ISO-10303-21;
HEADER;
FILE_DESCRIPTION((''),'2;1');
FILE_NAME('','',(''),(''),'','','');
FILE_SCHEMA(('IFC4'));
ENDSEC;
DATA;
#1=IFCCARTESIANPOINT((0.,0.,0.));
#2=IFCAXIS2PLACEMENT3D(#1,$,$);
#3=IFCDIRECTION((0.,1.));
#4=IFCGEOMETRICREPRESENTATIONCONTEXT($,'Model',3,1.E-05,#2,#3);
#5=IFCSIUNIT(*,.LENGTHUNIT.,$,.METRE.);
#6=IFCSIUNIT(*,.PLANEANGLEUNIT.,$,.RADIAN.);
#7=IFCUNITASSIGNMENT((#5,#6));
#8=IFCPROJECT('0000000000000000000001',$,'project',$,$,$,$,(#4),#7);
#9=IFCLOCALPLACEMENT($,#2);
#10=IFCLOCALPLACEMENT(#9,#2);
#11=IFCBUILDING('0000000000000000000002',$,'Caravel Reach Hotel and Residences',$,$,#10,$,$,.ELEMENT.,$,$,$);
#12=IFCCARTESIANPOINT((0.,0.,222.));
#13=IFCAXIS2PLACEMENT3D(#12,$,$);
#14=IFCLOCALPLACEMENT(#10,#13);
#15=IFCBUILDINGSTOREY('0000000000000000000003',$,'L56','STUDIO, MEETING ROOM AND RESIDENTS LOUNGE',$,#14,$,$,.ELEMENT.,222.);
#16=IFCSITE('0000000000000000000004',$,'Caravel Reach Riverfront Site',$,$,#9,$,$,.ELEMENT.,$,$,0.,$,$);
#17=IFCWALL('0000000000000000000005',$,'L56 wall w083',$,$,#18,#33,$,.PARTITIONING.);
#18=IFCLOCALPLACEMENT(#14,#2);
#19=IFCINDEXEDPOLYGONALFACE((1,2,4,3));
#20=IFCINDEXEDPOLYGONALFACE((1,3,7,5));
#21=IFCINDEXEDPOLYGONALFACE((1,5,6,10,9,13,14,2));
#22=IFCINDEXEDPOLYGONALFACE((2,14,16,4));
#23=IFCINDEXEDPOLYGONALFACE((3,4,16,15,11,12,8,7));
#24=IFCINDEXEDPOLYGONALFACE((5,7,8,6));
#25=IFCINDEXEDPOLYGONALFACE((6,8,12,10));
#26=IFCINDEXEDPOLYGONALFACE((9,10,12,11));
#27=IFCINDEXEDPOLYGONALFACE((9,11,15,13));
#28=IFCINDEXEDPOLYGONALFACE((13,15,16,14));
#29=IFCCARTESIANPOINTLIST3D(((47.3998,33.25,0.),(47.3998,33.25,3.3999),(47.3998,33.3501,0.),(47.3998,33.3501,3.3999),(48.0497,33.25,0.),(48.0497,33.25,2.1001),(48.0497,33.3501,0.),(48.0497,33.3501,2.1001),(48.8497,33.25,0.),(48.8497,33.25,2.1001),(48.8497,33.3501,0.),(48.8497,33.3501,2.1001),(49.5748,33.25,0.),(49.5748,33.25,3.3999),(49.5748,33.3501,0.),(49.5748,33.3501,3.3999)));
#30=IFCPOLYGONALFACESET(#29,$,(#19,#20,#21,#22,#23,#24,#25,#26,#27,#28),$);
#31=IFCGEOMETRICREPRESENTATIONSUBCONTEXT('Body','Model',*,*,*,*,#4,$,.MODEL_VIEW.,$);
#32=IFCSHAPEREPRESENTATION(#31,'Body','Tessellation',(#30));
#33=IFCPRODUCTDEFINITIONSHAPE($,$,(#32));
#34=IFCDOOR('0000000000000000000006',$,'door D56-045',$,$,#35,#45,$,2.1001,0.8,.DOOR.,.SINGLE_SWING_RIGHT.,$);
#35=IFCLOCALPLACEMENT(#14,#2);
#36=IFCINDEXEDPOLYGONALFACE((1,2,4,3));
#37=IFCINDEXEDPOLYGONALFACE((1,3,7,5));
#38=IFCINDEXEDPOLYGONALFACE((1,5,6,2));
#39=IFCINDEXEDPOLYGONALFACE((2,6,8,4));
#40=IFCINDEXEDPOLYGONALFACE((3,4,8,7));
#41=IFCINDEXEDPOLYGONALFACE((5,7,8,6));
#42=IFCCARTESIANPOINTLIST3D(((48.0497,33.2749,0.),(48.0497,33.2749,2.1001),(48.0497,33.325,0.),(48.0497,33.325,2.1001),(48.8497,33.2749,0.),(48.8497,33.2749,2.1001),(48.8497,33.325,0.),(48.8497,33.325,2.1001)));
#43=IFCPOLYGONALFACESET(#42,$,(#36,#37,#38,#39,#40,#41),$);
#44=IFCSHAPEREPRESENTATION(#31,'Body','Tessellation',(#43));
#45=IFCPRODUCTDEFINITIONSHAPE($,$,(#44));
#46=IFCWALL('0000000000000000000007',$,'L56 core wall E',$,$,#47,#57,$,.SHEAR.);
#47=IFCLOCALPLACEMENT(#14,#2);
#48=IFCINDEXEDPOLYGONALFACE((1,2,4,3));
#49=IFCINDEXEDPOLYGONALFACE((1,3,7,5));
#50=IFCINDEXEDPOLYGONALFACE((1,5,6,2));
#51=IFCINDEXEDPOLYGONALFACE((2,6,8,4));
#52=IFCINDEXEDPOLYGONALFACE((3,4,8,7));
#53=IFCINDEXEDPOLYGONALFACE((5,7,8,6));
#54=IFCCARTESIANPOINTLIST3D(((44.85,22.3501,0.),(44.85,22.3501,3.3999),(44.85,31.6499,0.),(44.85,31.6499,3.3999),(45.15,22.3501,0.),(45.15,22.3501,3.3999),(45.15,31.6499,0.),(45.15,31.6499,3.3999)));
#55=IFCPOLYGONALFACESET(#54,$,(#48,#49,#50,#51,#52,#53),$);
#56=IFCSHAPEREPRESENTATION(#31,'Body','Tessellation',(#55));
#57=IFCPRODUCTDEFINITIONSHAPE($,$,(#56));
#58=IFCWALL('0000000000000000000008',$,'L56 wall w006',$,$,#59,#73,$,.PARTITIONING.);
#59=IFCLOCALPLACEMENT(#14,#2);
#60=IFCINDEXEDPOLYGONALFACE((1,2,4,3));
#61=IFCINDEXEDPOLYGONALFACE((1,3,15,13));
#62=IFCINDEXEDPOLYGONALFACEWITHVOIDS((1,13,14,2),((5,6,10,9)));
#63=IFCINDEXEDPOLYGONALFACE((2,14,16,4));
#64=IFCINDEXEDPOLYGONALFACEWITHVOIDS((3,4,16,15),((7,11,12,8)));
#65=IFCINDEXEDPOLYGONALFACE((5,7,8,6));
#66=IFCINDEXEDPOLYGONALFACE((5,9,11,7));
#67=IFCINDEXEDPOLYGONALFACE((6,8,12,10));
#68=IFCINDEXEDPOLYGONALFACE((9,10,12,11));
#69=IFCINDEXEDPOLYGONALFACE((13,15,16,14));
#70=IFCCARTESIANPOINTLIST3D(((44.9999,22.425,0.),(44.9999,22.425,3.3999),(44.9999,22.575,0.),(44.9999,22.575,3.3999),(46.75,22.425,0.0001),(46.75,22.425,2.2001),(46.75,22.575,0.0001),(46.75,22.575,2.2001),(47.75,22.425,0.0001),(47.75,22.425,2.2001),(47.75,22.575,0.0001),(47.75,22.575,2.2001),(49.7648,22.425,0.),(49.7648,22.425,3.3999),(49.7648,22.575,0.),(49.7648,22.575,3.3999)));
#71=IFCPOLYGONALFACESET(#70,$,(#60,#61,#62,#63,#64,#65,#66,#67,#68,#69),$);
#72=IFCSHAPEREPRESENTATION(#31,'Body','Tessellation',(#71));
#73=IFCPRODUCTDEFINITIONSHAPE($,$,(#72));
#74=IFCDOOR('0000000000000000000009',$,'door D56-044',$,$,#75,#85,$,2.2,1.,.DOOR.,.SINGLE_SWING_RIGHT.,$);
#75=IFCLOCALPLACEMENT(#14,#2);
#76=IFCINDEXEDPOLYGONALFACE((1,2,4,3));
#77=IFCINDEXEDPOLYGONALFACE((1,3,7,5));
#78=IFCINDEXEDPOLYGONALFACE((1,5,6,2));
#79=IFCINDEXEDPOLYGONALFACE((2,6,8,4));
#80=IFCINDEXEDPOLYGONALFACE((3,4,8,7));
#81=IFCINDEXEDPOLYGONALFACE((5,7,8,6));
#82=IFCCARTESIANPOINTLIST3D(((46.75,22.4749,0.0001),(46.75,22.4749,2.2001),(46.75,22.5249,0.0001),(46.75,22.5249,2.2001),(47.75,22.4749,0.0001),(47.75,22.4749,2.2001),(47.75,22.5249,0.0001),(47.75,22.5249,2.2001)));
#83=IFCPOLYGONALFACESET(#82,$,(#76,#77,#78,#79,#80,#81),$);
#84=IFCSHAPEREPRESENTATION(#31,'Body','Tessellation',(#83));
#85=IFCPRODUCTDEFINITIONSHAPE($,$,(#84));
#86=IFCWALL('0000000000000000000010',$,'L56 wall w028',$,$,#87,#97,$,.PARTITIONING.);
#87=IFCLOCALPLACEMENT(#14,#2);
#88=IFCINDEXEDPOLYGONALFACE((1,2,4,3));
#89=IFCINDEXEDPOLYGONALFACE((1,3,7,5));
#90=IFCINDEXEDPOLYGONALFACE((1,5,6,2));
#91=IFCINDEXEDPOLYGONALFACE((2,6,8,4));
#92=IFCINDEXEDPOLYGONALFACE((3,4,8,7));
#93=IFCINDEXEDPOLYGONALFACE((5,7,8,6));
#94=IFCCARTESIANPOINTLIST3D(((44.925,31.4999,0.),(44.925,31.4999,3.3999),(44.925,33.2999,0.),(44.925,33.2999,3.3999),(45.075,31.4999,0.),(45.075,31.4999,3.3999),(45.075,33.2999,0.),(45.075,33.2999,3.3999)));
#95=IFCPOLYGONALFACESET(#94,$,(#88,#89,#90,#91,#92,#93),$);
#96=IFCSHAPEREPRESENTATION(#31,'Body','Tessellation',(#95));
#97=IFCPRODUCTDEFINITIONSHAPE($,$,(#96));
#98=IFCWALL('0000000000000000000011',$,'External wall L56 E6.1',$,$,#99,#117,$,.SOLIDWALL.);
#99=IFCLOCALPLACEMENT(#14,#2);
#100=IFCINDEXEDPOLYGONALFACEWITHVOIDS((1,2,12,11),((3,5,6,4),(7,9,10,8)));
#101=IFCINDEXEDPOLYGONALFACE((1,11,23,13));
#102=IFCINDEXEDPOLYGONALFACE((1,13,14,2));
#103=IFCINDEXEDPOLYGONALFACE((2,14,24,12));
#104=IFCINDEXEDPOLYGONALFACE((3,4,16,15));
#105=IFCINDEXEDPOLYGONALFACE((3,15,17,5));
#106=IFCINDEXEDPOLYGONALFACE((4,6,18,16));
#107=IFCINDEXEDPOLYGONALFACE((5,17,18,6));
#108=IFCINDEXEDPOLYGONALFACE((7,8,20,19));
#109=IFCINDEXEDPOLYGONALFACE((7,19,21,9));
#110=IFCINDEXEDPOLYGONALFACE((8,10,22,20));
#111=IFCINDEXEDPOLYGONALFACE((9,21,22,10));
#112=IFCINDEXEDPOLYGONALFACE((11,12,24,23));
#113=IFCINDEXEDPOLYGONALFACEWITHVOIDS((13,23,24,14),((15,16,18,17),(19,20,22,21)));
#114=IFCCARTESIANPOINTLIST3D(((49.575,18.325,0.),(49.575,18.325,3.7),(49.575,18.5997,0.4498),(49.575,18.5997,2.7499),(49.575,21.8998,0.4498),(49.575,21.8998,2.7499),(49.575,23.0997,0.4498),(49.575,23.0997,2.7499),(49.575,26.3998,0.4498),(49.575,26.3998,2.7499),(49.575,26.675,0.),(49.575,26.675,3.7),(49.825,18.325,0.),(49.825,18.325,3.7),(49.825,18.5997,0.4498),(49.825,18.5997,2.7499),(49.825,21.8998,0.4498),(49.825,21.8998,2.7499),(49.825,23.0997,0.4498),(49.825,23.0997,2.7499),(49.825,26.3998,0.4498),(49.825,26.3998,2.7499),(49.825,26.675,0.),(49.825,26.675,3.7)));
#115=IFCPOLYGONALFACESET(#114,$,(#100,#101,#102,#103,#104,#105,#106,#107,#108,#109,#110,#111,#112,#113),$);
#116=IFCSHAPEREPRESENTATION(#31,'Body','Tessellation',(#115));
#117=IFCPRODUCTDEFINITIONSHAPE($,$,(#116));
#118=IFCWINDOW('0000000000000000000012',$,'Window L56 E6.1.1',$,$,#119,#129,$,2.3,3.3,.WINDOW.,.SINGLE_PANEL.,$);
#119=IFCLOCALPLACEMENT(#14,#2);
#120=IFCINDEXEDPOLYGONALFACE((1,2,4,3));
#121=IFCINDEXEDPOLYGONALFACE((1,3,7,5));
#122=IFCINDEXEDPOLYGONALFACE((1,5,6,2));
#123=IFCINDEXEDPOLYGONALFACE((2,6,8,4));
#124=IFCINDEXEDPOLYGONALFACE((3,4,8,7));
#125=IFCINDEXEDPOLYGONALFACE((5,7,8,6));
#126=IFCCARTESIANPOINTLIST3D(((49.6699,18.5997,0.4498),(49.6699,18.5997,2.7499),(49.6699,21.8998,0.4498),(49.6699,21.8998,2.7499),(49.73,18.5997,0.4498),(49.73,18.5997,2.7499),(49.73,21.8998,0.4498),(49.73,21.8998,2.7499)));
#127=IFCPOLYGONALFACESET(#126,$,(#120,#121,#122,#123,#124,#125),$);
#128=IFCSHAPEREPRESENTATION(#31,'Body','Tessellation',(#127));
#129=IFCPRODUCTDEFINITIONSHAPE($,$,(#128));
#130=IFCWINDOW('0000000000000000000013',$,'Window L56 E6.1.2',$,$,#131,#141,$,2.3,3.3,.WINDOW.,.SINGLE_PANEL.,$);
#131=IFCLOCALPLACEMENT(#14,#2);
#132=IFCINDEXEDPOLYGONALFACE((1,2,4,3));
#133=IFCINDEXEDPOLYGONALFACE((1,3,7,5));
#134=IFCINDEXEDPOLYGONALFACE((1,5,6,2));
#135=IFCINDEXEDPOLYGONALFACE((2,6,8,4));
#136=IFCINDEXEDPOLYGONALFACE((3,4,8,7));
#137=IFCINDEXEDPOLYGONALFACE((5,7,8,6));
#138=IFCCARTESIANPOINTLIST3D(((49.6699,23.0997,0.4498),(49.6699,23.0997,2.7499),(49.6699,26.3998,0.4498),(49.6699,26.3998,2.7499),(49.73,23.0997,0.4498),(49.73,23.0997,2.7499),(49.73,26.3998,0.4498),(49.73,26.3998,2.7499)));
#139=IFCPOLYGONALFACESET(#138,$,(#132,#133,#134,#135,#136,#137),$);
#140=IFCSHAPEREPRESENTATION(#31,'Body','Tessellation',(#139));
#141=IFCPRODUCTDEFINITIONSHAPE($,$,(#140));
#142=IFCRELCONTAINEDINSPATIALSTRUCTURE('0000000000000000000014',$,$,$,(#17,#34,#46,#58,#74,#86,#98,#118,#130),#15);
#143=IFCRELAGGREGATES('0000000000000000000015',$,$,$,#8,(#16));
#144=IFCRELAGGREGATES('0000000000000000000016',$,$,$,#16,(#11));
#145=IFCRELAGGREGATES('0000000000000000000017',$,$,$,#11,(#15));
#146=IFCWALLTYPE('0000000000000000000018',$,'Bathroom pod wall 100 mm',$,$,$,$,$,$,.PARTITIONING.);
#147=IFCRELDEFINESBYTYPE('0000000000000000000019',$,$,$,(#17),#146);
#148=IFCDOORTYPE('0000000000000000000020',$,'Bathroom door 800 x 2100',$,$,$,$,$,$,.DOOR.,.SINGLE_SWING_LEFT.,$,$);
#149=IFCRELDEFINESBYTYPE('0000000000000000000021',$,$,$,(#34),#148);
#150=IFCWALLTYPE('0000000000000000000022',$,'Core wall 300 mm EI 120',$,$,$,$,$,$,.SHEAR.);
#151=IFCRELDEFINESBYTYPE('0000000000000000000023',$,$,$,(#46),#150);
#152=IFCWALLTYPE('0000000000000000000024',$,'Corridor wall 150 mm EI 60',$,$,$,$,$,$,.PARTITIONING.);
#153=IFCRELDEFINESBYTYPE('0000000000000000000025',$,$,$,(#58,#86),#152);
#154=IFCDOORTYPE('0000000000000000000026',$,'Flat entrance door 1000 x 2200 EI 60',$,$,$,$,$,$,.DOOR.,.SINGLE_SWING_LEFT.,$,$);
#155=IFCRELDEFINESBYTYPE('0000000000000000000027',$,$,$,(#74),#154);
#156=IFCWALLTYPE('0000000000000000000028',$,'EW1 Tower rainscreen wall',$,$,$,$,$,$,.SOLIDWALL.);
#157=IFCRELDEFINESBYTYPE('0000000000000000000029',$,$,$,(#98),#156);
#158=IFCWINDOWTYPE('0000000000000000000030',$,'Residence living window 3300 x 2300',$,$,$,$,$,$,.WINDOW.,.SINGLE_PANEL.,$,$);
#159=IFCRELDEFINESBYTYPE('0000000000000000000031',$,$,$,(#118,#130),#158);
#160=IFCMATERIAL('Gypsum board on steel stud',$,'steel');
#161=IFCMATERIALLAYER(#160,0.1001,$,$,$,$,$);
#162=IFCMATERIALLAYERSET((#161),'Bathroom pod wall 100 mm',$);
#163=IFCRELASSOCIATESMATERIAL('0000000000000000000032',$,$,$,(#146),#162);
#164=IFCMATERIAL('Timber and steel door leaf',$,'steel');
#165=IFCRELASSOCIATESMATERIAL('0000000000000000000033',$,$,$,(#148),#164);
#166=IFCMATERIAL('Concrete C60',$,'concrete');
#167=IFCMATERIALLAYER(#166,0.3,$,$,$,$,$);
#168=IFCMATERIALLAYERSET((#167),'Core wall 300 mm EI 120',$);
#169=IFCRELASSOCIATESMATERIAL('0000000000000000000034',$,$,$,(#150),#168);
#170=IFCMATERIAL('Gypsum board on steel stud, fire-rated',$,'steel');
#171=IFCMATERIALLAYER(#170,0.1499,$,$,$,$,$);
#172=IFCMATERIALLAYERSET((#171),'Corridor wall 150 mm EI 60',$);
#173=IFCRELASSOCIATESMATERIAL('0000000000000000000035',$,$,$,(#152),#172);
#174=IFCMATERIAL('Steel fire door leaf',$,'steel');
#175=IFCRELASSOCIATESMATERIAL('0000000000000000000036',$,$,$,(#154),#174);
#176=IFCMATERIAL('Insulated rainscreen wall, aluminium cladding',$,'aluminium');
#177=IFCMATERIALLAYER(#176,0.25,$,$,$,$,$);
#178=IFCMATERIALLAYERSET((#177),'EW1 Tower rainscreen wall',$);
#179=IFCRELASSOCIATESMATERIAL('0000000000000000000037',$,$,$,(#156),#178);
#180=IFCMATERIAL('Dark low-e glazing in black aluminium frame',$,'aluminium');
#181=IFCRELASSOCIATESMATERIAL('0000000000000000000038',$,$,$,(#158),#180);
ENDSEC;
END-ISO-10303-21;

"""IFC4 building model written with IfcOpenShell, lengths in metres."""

from ifc_helpers import new_model, si_unit, direction, frame, frame_2d, origin, place, context, subcontext, project, spatial, rectangle, extrude, material, layer, layer_set, type_object, element, fill, save


model = new_model("IFC4")

# Units and contexts
model_context = context("Model", 3, precision=1e-05, world=origin(), true_north=direction((0.0, 1.0)))
body_context = subcontext(model_context, "Body", "Model", "MODEL_VIEW")
ifc_project = project(units=[si_unit("LENGTHUNIT", "METRE"), si_unit("PLANEANGLEUNIT", "RADIAN")], contexts=[model_context])

# Site, building, storey
site_placement = place(None, origin())
site = spatial("IfcSite", under=ifc_project, at=site_placement, Name="Caravel Reach Riverfront Site", CompositionType="ELEMENT", RefElevation=0.0)
building_placement = place(site_placement, origin())
building = spatial("IfcBuilding", under=site, at=building_placement, Name="Caravel Reach Hotel and Residences", CompositionType="ELEMENT")
storey_placement = place(building_placement, frame((0.0, 0.0, 222.0)))
storey = spatial("IfcBuildingStorey", under=building, at=storey_placement, Name="L56", Description="STUDIO, MEETING ROOM AND RESIDENTS LOUNGE", CompositionType="ELEMENT", Elevation=222.0)

# Wall, opening, door
ifc_material_1 = material(Name="Gypsum board on steel stud", Category="steel")
ifc_layer_1 = layer(ifc_material_1, 0.1001)
ifc_layer_set_1 = layer_set([ifc_layer_1], Name="Bathroom pod wall 100 mm")
wall_type_1 = type_object("IfcWallType", Name="Bathroom pod wall 100 mm", PredefinedType="PARTITIONING", material=ifc_layer_set_1)
wall_1_placement = place(storey_placement, frame((47.3999, 33.3, 0.0), z_axis=(0.0, 0.0, 1.0), x_axis=(1.0, 0.0, 0.0)))
wall_1 = element("IfcWall", 1, at=wall_1_placement, inside=storey, type_object=wall_type_1, Name="L56 wall w083", PredefinedType="PARTITIONING", context=body_context, shape_type="SweptSolid", body=[
    extrude(rectangle(XDim=2.175, YDim=0.1001, at=frame_2d((1.0874, 0.0))), origin(), (0.0, 0.0, 1.0), 3.3999),
])
opening_1_placement = place(wall_1_placement, frame((0.6499, 0.0, 0.0)))
opening_1 = element("IfcOpeningElement", 2, at=opening_1_placement, cuts=wall_1, PredefinedType="OPENING", context=body_context, shape_type="SweptSolid", body=[
    extrude(rectangle(XDim=0.8, YDim=2.1001, at=frame_2d((0.3999, 1.05))), frame((0.0, 0.0601, 0.0), z_axis=(0.0, -1.0, 0.0), x_axis=(1.0, 0.0, 0.0)), (0.0, 0.0, 1.0), 0.1201),
])
ifc_material_2 = material(Name="Timber and steel door leaf", Category="steel")
door_type_1 = type_object("IfcDoorType", Name="Bathroom door 800 x 2100", OperationType="SINGLE_SWING_LEFT", PredefinedType="DOOR", material=ifc_material_2)
door_1_placement = place(opening_1_placement, origin())
door_1 = element("IfcDoor", 3, at=door_1_placement, inside=storey, type_object=door_type_1, Name="door D56-045", OperationType="SINGLE_SWING_RIGHT", OverallHeight=2.1001, OverallWidth=0.8, PredefinedType="DOOR", context=body_context, shape_type="SweptSolid", body=[
    extrude(rectangle(XDim=0.8, YDim=2.1001, at=frame_2d((0.3999, 1.05))), frame((0.0, 0.0249, 0.0), z_axis=(0.0, -1.0, 0.0), x_axis=(1.0, 0.0, 0.0)), (0.0, 0.0, 1.0), 0.05),
])
fill(opening_1, door_1)

# Wall
ifc_material_3 = material(Name="Concrete C60", Category="concrete")
ifc_layer_2 = layer(ifc_material_3, 0.3)
ifc_layer_set_2 = layer_set([ifc_layer_2], Name="Core wall 300 mm EI 120")
wall_type_2 = type_object("IfcWallType", Name="Core wall 300 mm EI 120", PredefinedType="SHEAR", material=ifc_layer_set_2)
wall_2_placement = place(storey_placement, frame((45.0, 22.3501, 0.0), z_axis=(0.0, 0.0, 1.0), x_axis=(0.0, 1.0, 0.0)))
element("IfcWall", 4, at=wall_2_placement, inside=storey, type_object=wall_type_2, Name="L56 core wall E", PredefinedType="SHEAR", context=body_context, shape_type="SweptSolid", body=[
    extrude(rectangle(XDim=9.2998, YDim=0.3, at=frame_2d((4.6499, 0.0))), origin(), (0.0, 0.0, 1.0), 3.3999),
])

# Wall, opening, door
ifc_material_4 = material(Name="Gypsum board on steel stud, fire-rated", Category="steel")
ifc_layer_3 = layer(ifc_material_4, 0.1499)
ifc_layer_set_3 = layer_set([ifc_layer_3], Name="Corridor wall 150 mm EI 60")
wall_type_3 = type_object("IfcWallType", Name="Corridor wall 150 mm EI 60", PredefinedType="PARTITIONING", material=ifc_layer_set_3)
wall_3_placement = place(storey_placement, frame((45.0, 22.5, 0.0), z_axis=(0.0, 0.0, 1.0), x_axis=(1.0, 0.0, 0.0)))
wall_3 = element("IfcWall", 5, at=wall_3_placement, inside=storey, type_object=wall_type_3, Name="L56 wall w006", PredefinedType="PARTITIONING", context=body_context, shape_type="SweptSolid", body=[
    extrude(rectangle(XDim=4.7649, YDim=0.1499, at=frame_2d((2.3823, 0.0))), origin(), (0.0, 0.0, 1.0), 3.3999),
])
opening_2_placement = place(wall_3_placement, frame((1.75, 0.0, 0.0)))
opening_2 = element("IfcOpeningElement", 6, at=opening_2_placement, cuts=wall_3, PredefinedType="OPENING", context=body_context, shape_type="SweptSolid", body=[
    extrude(rectangle(XDim=1.0, YDim=2.2, at=frame_2d((0.5, 1.1001))), frame((0.0, 0.085, 0.0), z_axis=(0.0, -1.0, 0.0), x_axis=(1.0, 0.0, 0.0)), (0.0, 0.0, 1.0), 0.1699),
])
ifc_material_5 = material(Name="Steel fire door leaf", Category="steel")
door_type_2 = type_object("IfcDoorType", Name="Flat entrance door 1000 x 2200 EI 60", OperationType="SINGLE_SWING_LEFT", PredefinedType="DOOR", material=ifc_material_5)
door_2_placement = place(opening_2_placement, origin())
door_2 = element("IfcDoor", 7, at=door_2_placement, inside=storey, type_object=door_type_2, Name="door D56-044", OperationType="SINGLE_SWING_RIGHT", OverallHeight=2.2, OverallWidth=1.0, PredefinedType="DOOR", context=body_context, shape_type="SweptSolid", body=[
    extrude(rectangle(XDim=1.0, YDim=2.2, at=frame_2d((0.5, 1.1001))), frame((0.0, 0.0249, 0.0), z_axis=(0.0, -1.0, 0.0), x_axis=(1.0, 0.0, 0.0)), (0.0, 0.0, 1.0), 0.05),
])
fill(opening_2, door_2)

# Wall
wall_4_placement = place(storey_placement, frame((45.0, 31.5, 0.0), z_axis=(0.0, 0.0, 1.0), x_axis=(0.0, 1.0, 0.0)))
element("IfcWall", 8, at=wall_4_placement, inside=storey, type_object=wall_type_3, Name="L56 wall w028", PredefinedType="PARTITIONING", context=body_context, shape_type="SweptSolid", body=[
    extrude(rectangle(XDim=1.8, YDim=0.1499, at=frame_2d((0.8999, 0.0))), origin(), (0.0, 0.0, 1.0), 3.3999),
])

# Wall, openings, windows
ifc_material_6 = material(Name="Insulated rainscreen wall, aluminium cladding", Category="aluminium")
ifc_layer_4 = layer(ifc_material_6, 0.25)
ifc_layer_set_4 = layer_set([ifc_layer_4], Name="EW1 Tower rainscreen wall")
wall_type_4 = type_object("IfcWallType", Name="EW1 Tower rainscreen wall", PredefinedType="SOLIDWALL", material=ifc_layer_set_4)
wall_5_placement = place(storey_placement, frame((49.7, 18.325, 0.0), z_axis=(0.0, 0.0, 1.0), x_axis=(0.0, 1.0, 0.0)))
wall_5 = element("IfcWall", 9, at=wall_5_placement, inside=storey, type_object=wall_type_4, Name="External wall L56 E6.1", PredefinedType="SOLIDWALL", context=body_context, shape_type="SweptSolid", body=[
    extrude(rectangle(XDim=8.3501, YDim=0.25, at=frame_2d((4.175, 0.0))), origin(), (0.0, 0.0, 1.0), 3.7),
])
opening_3_placement = place(wall_5_placement, frame((0.2749, 0.0, 0.45)))
opening_3 = element("IfcOpeningElement", 10, at=opening_3_placement, cuts=wall_5, PredefinedType="OPENING", context=body_context, shape_type="SweptSolid", body=[
    extrude(rectangle(XDim=3.3, YDim=2.3, at=frame_2d((1.6499, 1.1499))), frame((0.0, 0.135, 0.0), z_axis=(0.0, -1.0, 0.0), x_axis=(1.0, 0.0, 0.0)), (0.0, 0.0, 1.0), 0.27),
])
opening_4_placement = place(wall_5_placement, frame((4.7749, 0.0, 0.45)))
opening_4 = element("IfcOpeningElement", 11, at=opening_4_placement, cuts=wall_5, PredefinedType="OPENING", context=body_context, shape_type="SweptSolid", body=[
    extrude(rectangle(XDim=3.3, YDim=2.3, at=frame_2d((1.6499, 1.1499))), frame((0.0, 0.135, 0.0), z_axis=(0.0, -1.0, 0.0), x_axis=(1.0, 0.0, 0.0)), (0.0, 0.0, 1.0), 0.27),
])
ifc_material_7 = material(Name="Dark low-e glazing in black aluminium frame", Category="aluminium")
window_type = type_object("IfcWindowType", Name="Residence living window 3300 x 2300", PartitioningType="SINGLE_PANEL", PredefinedType="WINDOW", material=ifc_material_7)
window_1_placement = place(opening_3_placement, origin())
window_1 = element("IfcWindow", 12, at=window_1_placement, inside=storey, type_object=window_type, Name="Window L56 E6.1.1", OverallHeight=2.3, OverallWidth=3.3, PartitioningType="SINGLE_PANEL", PredefinedType="WINDOW", context=body_context, shape_type="SweptSolid", body=[
    extrude(rectangle(XDim=3.3, YDim=2.3, at=frame_2d((1.6499, 1.1499))), frame((0.0, 0.03, 0.0), z_axis=(0.0, -1.0, 0.0), x_axis=(1.0, 0.0, 0.0)), (0.0, 0.0, 1.0), 0.0601),
])
fill(opening_3, window_1)
window_2_placement = place(opening_4_placement, origin())
window_2 = element("IfcWindow", 13, at=window_2_placement, inside=storey, type_object=window_type, Name="Window L56 E6.1.2", OverallHeight=2.3, OverallWidth=3.3, PartitioningType="SINGLE_PANEL", PredefinedType="WINDOW", context=body_context, shape_type="SweptSolid", body=[
    extrude(rectangle(XDim=3.3, YDim=2.3, at=frame_2d((1.6499, 1.1499))), frame((0.0, 0.03, 0.0), z_axis=(0.0, -1.0, 0.0), x_axis=(1.0, 0.0, 0.0)), (0.0, 0.0, 1.0), 0.0601),
])
fill(opening_4, window_2)

save(model, "model.ifc")
